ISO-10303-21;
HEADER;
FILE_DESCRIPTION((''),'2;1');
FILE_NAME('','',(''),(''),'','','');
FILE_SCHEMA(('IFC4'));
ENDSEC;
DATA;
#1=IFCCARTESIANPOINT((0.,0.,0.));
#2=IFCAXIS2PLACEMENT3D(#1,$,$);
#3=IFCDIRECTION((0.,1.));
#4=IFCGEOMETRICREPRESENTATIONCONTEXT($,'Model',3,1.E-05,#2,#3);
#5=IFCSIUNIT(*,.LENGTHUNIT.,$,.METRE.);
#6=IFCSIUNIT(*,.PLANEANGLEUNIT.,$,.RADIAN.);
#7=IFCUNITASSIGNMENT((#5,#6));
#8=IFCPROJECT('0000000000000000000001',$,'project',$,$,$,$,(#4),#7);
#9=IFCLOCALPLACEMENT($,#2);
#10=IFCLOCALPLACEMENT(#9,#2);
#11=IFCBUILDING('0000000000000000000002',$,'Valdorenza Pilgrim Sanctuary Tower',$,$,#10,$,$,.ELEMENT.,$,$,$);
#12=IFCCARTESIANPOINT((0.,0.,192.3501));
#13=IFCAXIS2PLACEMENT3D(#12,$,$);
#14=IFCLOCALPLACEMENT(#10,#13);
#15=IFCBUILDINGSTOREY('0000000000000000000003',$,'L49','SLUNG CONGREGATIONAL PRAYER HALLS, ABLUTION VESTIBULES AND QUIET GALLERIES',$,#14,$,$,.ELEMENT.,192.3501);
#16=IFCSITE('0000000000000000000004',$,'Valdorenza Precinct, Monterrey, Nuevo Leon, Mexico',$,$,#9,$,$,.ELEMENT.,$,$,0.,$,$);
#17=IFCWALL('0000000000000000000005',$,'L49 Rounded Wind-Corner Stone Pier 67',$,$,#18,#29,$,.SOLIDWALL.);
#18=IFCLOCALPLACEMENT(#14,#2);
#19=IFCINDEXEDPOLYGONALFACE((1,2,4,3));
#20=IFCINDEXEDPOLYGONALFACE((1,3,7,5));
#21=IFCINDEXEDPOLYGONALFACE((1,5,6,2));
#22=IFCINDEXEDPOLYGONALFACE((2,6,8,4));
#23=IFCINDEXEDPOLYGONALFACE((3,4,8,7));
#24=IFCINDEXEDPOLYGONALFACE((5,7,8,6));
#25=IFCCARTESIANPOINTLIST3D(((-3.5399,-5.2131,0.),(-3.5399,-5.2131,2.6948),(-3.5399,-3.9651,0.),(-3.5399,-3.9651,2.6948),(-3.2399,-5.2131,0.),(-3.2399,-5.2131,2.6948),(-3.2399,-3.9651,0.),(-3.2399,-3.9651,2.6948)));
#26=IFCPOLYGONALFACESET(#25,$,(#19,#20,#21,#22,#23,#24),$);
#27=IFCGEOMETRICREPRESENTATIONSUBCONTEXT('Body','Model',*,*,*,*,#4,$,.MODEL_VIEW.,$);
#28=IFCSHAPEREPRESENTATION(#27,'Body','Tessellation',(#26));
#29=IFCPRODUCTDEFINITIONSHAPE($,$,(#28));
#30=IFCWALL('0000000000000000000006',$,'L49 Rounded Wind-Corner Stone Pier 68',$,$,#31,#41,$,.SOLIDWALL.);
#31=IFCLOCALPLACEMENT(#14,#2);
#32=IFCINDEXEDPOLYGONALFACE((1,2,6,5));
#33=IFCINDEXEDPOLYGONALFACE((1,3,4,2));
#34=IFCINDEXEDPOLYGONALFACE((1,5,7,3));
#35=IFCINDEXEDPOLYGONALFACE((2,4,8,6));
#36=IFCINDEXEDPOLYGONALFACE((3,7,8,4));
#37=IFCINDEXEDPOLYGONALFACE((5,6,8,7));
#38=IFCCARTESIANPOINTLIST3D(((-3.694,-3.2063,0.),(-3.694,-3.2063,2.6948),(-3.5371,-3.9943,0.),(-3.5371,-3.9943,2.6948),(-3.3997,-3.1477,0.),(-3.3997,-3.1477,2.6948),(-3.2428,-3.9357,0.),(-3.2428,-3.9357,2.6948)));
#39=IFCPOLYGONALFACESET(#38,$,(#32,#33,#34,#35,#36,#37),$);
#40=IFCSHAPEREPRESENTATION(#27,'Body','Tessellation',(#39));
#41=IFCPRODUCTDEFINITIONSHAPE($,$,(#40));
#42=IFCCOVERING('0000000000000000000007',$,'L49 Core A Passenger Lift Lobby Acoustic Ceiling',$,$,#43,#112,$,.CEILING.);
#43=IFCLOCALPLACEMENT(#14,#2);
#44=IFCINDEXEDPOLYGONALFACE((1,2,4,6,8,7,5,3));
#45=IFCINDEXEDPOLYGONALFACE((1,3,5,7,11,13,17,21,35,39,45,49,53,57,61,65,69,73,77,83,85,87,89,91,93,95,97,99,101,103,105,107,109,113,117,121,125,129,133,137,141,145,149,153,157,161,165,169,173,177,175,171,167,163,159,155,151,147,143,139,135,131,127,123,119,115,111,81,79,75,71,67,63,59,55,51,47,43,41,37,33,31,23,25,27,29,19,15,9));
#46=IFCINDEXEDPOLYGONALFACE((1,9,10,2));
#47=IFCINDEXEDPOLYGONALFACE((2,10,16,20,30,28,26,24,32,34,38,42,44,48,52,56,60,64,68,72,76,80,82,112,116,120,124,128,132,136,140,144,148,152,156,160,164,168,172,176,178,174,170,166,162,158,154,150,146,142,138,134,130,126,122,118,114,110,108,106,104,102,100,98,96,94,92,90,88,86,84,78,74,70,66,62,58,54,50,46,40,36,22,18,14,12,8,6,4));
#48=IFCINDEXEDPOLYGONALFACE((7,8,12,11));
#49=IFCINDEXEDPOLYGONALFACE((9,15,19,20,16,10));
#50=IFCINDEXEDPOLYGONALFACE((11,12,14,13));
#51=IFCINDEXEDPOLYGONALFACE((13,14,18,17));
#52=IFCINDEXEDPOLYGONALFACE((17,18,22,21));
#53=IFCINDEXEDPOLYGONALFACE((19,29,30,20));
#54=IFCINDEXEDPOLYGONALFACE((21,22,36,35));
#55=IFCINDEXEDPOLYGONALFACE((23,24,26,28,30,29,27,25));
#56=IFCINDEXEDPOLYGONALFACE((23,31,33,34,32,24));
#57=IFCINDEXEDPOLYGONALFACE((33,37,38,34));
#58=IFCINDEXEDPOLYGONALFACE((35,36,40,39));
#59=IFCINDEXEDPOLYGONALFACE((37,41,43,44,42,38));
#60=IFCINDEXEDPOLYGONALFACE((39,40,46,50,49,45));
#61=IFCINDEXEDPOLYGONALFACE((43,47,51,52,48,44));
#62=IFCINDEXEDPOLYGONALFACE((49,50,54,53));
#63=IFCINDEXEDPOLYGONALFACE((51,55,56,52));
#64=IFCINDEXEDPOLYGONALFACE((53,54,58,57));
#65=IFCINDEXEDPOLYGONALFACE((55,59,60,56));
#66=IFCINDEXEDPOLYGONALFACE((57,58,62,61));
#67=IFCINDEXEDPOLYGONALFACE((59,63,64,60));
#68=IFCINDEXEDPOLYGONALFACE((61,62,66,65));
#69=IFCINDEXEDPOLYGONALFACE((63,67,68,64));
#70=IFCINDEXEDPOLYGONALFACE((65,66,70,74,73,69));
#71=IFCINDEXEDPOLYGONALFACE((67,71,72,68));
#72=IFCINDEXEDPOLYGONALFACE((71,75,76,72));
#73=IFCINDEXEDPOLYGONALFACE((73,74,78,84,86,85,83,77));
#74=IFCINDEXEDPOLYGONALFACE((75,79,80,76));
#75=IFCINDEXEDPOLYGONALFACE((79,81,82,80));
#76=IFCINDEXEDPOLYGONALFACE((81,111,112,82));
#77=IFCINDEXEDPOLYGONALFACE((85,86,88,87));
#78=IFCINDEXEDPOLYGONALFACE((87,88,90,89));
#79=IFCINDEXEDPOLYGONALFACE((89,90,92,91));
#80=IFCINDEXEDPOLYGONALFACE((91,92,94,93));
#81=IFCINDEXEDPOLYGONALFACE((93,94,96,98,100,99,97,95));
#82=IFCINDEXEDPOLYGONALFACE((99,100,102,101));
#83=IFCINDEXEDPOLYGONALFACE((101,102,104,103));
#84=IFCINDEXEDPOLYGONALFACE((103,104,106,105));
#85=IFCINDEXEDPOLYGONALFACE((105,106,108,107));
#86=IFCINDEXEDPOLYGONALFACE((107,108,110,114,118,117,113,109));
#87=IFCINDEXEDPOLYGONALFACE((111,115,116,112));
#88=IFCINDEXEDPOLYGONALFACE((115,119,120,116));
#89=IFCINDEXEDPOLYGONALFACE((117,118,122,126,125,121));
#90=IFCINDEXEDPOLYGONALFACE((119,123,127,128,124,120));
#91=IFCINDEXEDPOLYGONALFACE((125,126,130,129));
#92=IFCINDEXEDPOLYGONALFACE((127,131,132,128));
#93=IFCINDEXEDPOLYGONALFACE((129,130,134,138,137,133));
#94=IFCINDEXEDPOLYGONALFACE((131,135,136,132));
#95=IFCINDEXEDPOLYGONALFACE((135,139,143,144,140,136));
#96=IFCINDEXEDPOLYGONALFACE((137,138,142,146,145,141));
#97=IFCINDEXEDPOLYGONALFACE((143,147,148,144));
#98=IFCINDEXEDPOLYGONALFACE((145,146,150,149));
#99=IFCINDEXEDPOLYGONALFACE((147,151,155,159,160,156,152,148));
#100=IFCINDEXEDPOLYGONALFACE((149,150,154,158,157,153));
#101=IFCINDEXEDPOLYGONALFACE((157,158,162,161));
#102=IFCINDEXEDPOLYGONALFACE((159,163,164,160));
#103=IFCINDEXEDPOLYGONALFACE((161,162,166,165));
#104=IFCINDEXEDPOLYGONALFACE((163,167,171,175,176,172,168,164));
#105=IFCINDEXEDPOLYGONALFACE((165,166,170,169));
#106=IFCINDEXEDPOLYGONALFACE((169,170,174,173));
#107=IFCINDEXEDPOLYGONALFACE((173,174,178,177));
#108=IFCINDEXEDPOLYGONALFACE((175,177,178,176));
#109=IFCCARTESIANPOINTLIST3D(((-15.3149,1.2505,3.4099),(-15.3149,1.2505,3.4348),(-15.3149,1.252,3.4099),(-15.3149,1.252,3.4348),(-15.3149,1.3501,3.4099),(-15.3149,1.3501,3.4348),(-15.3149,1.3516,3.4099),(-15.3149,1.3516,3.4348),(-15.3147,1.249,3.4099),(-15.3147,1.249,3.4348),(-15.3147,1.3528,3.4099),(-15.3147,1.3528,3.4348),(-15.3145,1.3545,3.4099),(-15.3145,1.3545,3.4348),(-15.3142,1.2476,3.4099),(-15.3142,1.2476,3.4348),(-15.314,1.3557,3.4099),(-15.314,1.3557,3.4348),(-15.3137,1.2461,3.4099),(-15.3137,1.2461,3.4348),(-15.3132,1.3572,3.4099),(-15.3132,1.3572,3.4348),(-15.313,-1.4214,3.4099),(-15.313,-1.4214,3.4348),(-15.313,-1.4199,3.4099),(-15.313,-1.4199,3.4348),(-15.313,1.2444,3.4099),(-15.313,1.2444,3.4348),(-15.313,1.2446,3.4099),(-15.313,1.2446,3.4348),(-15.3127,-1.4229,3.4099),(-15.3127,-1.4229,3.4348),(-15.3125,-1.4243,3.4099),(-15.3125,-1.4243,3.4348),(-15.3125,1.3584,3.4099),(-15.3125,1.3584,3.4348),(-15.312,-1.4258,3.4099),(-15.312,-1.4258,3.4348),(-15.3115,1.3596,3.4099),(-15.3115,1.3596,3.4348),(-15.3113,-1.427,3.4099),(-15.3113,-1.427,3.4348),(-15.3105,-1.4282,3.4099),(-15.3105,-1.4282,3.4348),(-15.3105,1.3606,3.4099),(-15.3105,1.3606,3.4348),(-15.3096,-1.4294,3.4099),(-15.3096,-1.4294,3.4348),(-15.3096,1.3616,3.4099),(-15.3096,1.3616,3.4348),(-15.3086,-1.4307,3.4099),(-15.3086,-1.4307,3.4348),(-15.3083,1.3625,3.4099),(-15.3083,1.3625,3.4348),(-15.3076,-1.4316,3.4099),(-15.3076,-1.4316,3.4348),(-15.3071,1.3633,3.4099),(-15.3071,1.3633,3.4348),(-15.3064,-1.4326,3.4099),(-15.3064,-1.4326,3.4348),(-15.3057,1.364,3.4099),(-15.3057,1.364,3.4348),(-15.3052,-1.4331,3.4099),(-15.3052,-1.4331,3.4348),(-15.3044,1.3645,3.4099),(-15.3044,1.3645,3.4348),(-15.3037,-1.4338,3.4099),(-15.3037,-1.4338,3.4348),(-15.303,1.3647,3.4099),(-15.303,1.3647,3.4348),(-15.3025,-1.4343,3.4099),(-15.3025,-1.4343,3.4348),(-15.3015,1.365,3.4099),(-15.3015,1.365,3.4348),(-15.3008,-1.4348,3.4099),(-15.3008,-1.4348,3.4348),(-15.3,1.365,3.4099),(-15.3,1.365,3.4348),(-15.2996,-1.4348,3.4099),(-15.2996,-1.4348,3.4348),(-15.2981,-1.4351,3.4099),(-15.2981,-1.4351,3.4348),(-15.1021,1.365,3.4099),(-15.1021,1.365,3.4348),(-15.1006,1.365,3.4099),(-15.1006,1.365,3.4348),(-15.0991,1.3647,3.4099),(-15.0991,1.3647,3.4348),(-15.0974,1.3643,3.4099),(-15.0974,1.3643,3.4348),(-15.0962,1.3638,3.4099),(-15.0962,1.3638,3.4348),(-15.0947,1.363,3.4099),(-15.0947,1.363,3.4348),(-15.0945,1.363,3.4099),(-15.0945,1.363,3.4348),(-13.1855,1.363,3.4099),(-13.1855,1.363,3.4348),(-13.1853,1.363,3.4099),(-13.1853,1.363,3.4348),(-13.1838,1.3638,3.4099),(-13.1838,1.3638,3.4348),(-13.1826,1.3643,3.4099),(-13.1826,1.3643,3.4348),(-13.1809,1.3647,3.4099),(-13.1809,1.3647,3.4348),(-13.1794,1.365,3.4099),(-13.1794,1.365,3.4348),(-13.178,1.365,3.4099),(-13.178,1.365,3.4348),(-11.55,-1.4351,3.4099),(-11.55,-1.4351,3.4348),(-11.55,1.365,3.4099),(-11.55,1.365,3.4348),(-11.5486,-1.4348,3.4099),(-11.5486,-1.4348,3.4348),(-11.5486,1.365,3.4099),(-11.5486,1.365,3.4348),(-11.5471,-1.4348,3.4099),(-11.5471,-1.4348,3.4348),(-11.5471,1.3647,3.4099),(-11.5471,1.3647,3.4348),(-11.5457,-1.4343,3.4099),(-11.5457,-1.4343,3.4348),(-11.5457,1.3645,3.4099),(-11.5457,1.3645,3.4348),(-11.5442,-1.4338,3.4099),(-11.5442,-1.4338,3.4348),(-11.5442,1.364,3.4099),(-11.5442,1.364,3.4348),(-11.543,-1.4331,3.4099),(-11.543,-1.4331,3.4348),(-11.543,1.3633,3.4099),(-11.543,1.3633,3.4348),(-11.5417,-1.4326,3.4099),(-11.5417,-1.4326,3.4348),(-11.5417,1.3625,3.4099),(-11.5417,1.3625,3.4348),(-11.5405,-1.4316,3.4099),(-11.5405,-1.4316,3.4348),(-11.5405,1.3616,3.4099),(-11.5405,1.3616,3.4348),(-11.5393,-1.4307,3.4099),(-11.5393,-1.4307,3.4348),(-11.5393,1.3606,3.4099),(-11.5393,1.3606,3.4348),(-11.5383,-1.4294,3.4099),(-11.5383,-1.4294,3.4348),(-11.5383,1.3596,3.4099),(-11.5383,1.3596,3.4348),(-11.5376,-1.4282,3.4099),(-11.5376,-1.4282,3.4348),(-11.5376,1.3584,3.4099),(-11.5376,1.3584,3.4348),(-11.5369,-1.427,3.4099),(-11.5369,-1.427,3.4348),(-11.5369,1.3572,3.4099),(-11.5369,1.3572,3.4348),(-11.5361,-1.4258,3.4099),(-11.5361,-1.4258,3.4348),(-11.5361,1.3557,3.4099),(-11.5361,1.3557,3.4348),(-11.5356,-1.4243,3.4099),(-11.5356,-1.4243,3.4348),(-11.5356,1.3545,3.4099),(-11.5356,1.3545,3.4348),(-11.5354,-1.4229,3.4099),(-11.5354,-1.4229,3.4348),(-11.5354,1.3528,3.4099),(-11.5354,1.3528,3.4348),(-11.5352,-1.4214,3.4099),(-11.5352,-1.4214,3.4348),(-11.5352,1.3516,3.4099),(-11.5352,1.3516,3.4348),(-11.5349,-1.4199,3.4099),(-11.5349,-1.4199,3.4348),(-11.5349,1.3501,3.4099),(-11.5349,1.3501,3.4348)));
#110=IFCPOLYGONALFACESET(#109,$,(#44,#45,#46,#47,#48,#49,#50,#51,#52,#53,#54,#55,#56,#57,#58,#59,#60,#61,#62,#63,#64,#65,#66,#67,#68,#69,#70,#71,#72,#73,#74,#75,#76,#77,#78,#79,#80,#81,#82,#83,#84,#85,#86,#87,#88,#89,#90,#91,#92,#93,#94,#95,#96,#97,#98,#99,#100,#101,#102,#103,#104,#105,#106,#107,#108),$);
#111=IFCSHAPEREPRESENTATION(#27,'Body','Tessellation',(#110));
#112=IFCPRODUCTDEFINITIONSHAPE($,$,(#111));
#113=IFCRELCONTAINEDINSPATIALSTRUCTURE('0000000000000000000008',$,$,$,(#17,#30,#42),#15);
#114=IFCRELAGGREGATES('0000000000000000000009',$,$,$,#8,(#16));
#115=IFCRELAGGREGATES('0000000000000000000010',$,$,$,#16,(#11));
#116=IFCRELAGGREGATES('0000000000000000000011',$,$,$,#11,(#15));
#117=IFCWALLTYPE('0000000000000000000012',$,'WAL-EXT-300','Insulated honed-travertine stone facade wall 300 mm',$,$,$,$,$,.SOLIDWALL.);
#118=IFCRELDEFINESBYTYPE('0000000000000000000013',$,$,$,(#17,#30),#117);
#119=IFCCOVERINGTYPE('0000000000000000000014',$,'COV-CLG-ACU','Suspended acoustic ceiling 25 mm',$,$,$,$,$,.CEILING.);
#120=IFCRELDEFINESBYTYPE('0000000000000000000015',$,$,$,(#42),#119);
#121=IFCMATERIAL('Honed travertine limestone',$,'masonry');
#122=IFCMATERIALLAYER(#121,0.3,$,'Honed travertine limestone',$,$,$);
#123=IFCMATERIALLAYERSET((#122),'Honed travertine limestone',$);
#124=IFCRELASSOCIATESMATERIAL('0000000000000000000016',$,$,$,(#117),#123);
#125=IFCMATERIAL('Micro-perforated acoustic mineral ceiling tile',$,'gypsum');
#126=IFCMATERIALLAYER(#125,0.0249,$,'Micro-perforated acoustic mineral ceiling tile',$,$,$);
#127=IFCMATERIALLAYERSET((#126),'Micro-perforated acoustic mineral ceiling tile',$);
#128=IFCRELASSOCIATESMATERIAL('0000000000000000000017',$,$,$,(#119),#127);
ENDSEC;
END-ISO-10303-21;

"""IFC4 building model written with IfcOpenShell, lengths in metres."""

from ifc_helpers import new_model, si_unit, direction, frame, frame_2d, origin, place, context, subcontext, project, spatial, polyline, rectangle, outline, extrude, material, layer, layer_set, type_object, element, save


model = new_model("IFC4")

# Units and contexts
model_context = context("Model", 3, precision=1e-05, world=origin(), true_north=direction((0.0, 1.0)))
body_context = subcontext(model_context, "Body", "Model", "MODEL_VIEW")
ifc_project = project(units=[si_unit("LENGTHUNIT", "METRE"), si_unit("PLANEANGLEUNIT", "RADIAN")], contexts=[model_context])

# Site, building, storey
site_placement = place(None, origin())
site = spatial("IfcSite", under=ifc_project, at=site_placement, Name="Valdorenza Precinct, Monterrey, Nuevo Leon, Mexico", CompositionType="ELEMENT", RefElevation=0.0)
building_placement = place(site_placement, origin())
building = spatial("IfcBuilding", under=site, at=building_placement, Name="Valdorenza Pilgrim Sanctuary Tower", CompositionType="ELEMENT")
storey_placement = place(building_placement, frame((0.0, 0.0, 192.3501)))
storey = spatial("IfcBuildingStorey", under=building, at=storey_placement, Name="L49", Description="SLUNG CONGREGATIONAL PRAYER HALLS, ABLUTION VESTIBULES AND QUIET GALLERIES", CompositionType="ELEMENT", Elevation=192.3501)

# Walls
ifc_material_1 = material(Name="Honed travertine limestone", Category="masonry")
ifc_layer_1 = layer(ifc_material_1, 0.3, Name="Honed travertine limestone")
ifc_layer_set_1 = layer_set([ifc_layer_1], Name="Honed travertine limestone")
wall_type = type_object("IfcWallType", Name="WAL-EXT-300", Description="Insulated honed-travertine stone facade wall 300 mm", PredefinedType="SOLIDWALL", material=ifc_layer_set_1)
wall_1_placement = place(storey_placement, frame((-3.3899, -5.2131, 0.0), z_axis=(0.0, 0.0, 1.0), x_axis=(0.0, 1.0, 0.0)))
element("IfcWall", 1, at=wall_1_placement, inside=storey, type_object=wall_type, Name="L49 Rounded Wind-Corner Stone Pier 67", PredefinedType="SOLIDWALL", context=body_context, shape_type="SweptSolid", body=[
    extrude(rectangle(XDim=1.248, YDim=0.3, at=frame_2d((0.624, 0.0))), origin(), (0.0, 0.0, 1.0), 2.6948),
])
wall_2_placement = place(storey_placement, frame((-3.3899, -3.9651, 0.0), z_axis=(0.0, 0.0, 1.0), x_axis=(-0.195357, 0.980732, 0.0)))
element("IfcWall", 2, at=wall_2_placement, inside=storey, type_object=wall_type, Name="L49 Rounded Wind-Corner Stone Pier 68", PredefinedType="SOLIDWALL", context=body_context, shape_type="SweptSolid", body=[
    extrude(rectangle(XDim=0.8035, YDim=0.3, at=frame_2d((0.4019, 0.0))), origin(), (0.0, 0.0, 1.0), 2.6948),
])

# Covering
ifc_material_2 = material(Name="Micro-perforated acoustic mineral ceiling tile", Category="gypsum")
ifc_layer_2 = layer(ifc_material_2, 0.0249, Name="Micro-perforated acoustic mineral ceiling tile")
ifc_layer_set_2 = layer_set([ifc_layer_2], Name="Micro-perforated acoustic mineral ceiling tile")
covering_type_1 = type_object("IfcCoveringType", Name="COV-CLG-ACU", Description="Suspended acoustic ceiling 25 mm", PredefinedType="CEILING", material=ifc_layer_set_2)
covering_1_placement = place(storey_placement, frame((0.0, 0.0, 3.4099)))
element("IfcCovering", 3, at=covering_1_placement, inside=storey, type_object=covering_type_1, Name="L49 Core A Passenger Lift Lobby Acoustic Ceiling", PredefinedType="CEILING", context=body_context, shape_type="SweptSolid", body=[
    extrude(outline(polyline([(-15.313, 1.2444), (-15.313, 1.2446), (-15.3137, 1.2461), (-15.3142, 1.2476), (-15.3147, 1.249), (-15.3149, 1.2505), (-15.3149, 1.252), (-15.3149, 1.3501), (-15.3149, 1.3516), (-15.3147, 1.3528), (-15.3145, 1.3545), (-15.314, 1.3557), (-15.3132, 1.3572), (-15.3125, 1.3584), (-15.3115, 1.3596), (-15.3105, 1.3606), (-15.3096, 1.3616), (-15.3083, 1.3625), (-15.3071, 1.3633), (-15.3057, 1.364), (-15.3044, 1.3645), (-15.303, 1.3647), (-15.3015, 1.365), (-15.3, 1.365), (-15.1021, 1.365), (-15.1006, 1.365), (-15.0991, 1.3647), (-15.0974, 1.3643), (-15.0962, 1.3638), (-15.0947, 1.363), (-15.0945, 1.363), (-13.1855, 1.363), (-13.1853, 1.363), (-13.1838, 1.3638), (-13.1826, 1.3643), (-13.1809, 1.3647), (-13.1794, 1.365), (-13.178, 1.365), (-11.55, 1.365), (-11.5486, 1.365), (-11.5471, 1.3647), (-11.5457, 1.3645), (-11.5442, 1.364), (-11.543, 1.3633), (-11.5417, 1.3625), (-11.5405, 1.3616), (-11.5393, 1.3606), (-11.5383, 1.3596), (-11.5376, 1.3584), (-11.5369, 1.3572), (-11.5361, 1.3557), (-11.5356, 1.3545), (-11.5354, 1.3528), (-11.5352, 1.3516), (-11.5349, 1.3501), (-11.5349, -1.4199), (-11.5352, -1.4214), (-11.5354, -1.4229), (-11.5356, -1.4243), (-11.5361, -1.4258), (-11.5369, -1.427), (-11.5376, -1.4282), (-11.5383, -1.4294), (-11.5393, -1.4307), (-11.5405, -1.4316), (-11.5417, -1.4326), (-11.543, -1.4331), (-11.5442, -1.4338), (-11.5457, -1.4343), (-11.5471, -1.4348), (-11.5486, -1.4348), (-11.55, -1.4351), (-15.2981, -1.4351), (-15.2996, -1.4348), (-15.3008, -1.4348), (-15.3025, -1.4343), (-15.3037, -1.4338), (-15.3052, -1.4331), (-15.3064, -1.4326), (-15.3076, -1.4316), (-15.3086, -1.4307), (-15.3096, -1.4294), (-15.3105, -1.4282), (-15.3113, -1.427), (-15.312, -1.4258), (-15.3125, -1.4243), (-15.3127, -1.4229), (-15.313, -1.4214), (-15.313, -1.4199), (-15.313, 1.2444)])), origin(), (0.0, 0.0, 1.0), 0.0249),
])

save(model, "model.ifc")
